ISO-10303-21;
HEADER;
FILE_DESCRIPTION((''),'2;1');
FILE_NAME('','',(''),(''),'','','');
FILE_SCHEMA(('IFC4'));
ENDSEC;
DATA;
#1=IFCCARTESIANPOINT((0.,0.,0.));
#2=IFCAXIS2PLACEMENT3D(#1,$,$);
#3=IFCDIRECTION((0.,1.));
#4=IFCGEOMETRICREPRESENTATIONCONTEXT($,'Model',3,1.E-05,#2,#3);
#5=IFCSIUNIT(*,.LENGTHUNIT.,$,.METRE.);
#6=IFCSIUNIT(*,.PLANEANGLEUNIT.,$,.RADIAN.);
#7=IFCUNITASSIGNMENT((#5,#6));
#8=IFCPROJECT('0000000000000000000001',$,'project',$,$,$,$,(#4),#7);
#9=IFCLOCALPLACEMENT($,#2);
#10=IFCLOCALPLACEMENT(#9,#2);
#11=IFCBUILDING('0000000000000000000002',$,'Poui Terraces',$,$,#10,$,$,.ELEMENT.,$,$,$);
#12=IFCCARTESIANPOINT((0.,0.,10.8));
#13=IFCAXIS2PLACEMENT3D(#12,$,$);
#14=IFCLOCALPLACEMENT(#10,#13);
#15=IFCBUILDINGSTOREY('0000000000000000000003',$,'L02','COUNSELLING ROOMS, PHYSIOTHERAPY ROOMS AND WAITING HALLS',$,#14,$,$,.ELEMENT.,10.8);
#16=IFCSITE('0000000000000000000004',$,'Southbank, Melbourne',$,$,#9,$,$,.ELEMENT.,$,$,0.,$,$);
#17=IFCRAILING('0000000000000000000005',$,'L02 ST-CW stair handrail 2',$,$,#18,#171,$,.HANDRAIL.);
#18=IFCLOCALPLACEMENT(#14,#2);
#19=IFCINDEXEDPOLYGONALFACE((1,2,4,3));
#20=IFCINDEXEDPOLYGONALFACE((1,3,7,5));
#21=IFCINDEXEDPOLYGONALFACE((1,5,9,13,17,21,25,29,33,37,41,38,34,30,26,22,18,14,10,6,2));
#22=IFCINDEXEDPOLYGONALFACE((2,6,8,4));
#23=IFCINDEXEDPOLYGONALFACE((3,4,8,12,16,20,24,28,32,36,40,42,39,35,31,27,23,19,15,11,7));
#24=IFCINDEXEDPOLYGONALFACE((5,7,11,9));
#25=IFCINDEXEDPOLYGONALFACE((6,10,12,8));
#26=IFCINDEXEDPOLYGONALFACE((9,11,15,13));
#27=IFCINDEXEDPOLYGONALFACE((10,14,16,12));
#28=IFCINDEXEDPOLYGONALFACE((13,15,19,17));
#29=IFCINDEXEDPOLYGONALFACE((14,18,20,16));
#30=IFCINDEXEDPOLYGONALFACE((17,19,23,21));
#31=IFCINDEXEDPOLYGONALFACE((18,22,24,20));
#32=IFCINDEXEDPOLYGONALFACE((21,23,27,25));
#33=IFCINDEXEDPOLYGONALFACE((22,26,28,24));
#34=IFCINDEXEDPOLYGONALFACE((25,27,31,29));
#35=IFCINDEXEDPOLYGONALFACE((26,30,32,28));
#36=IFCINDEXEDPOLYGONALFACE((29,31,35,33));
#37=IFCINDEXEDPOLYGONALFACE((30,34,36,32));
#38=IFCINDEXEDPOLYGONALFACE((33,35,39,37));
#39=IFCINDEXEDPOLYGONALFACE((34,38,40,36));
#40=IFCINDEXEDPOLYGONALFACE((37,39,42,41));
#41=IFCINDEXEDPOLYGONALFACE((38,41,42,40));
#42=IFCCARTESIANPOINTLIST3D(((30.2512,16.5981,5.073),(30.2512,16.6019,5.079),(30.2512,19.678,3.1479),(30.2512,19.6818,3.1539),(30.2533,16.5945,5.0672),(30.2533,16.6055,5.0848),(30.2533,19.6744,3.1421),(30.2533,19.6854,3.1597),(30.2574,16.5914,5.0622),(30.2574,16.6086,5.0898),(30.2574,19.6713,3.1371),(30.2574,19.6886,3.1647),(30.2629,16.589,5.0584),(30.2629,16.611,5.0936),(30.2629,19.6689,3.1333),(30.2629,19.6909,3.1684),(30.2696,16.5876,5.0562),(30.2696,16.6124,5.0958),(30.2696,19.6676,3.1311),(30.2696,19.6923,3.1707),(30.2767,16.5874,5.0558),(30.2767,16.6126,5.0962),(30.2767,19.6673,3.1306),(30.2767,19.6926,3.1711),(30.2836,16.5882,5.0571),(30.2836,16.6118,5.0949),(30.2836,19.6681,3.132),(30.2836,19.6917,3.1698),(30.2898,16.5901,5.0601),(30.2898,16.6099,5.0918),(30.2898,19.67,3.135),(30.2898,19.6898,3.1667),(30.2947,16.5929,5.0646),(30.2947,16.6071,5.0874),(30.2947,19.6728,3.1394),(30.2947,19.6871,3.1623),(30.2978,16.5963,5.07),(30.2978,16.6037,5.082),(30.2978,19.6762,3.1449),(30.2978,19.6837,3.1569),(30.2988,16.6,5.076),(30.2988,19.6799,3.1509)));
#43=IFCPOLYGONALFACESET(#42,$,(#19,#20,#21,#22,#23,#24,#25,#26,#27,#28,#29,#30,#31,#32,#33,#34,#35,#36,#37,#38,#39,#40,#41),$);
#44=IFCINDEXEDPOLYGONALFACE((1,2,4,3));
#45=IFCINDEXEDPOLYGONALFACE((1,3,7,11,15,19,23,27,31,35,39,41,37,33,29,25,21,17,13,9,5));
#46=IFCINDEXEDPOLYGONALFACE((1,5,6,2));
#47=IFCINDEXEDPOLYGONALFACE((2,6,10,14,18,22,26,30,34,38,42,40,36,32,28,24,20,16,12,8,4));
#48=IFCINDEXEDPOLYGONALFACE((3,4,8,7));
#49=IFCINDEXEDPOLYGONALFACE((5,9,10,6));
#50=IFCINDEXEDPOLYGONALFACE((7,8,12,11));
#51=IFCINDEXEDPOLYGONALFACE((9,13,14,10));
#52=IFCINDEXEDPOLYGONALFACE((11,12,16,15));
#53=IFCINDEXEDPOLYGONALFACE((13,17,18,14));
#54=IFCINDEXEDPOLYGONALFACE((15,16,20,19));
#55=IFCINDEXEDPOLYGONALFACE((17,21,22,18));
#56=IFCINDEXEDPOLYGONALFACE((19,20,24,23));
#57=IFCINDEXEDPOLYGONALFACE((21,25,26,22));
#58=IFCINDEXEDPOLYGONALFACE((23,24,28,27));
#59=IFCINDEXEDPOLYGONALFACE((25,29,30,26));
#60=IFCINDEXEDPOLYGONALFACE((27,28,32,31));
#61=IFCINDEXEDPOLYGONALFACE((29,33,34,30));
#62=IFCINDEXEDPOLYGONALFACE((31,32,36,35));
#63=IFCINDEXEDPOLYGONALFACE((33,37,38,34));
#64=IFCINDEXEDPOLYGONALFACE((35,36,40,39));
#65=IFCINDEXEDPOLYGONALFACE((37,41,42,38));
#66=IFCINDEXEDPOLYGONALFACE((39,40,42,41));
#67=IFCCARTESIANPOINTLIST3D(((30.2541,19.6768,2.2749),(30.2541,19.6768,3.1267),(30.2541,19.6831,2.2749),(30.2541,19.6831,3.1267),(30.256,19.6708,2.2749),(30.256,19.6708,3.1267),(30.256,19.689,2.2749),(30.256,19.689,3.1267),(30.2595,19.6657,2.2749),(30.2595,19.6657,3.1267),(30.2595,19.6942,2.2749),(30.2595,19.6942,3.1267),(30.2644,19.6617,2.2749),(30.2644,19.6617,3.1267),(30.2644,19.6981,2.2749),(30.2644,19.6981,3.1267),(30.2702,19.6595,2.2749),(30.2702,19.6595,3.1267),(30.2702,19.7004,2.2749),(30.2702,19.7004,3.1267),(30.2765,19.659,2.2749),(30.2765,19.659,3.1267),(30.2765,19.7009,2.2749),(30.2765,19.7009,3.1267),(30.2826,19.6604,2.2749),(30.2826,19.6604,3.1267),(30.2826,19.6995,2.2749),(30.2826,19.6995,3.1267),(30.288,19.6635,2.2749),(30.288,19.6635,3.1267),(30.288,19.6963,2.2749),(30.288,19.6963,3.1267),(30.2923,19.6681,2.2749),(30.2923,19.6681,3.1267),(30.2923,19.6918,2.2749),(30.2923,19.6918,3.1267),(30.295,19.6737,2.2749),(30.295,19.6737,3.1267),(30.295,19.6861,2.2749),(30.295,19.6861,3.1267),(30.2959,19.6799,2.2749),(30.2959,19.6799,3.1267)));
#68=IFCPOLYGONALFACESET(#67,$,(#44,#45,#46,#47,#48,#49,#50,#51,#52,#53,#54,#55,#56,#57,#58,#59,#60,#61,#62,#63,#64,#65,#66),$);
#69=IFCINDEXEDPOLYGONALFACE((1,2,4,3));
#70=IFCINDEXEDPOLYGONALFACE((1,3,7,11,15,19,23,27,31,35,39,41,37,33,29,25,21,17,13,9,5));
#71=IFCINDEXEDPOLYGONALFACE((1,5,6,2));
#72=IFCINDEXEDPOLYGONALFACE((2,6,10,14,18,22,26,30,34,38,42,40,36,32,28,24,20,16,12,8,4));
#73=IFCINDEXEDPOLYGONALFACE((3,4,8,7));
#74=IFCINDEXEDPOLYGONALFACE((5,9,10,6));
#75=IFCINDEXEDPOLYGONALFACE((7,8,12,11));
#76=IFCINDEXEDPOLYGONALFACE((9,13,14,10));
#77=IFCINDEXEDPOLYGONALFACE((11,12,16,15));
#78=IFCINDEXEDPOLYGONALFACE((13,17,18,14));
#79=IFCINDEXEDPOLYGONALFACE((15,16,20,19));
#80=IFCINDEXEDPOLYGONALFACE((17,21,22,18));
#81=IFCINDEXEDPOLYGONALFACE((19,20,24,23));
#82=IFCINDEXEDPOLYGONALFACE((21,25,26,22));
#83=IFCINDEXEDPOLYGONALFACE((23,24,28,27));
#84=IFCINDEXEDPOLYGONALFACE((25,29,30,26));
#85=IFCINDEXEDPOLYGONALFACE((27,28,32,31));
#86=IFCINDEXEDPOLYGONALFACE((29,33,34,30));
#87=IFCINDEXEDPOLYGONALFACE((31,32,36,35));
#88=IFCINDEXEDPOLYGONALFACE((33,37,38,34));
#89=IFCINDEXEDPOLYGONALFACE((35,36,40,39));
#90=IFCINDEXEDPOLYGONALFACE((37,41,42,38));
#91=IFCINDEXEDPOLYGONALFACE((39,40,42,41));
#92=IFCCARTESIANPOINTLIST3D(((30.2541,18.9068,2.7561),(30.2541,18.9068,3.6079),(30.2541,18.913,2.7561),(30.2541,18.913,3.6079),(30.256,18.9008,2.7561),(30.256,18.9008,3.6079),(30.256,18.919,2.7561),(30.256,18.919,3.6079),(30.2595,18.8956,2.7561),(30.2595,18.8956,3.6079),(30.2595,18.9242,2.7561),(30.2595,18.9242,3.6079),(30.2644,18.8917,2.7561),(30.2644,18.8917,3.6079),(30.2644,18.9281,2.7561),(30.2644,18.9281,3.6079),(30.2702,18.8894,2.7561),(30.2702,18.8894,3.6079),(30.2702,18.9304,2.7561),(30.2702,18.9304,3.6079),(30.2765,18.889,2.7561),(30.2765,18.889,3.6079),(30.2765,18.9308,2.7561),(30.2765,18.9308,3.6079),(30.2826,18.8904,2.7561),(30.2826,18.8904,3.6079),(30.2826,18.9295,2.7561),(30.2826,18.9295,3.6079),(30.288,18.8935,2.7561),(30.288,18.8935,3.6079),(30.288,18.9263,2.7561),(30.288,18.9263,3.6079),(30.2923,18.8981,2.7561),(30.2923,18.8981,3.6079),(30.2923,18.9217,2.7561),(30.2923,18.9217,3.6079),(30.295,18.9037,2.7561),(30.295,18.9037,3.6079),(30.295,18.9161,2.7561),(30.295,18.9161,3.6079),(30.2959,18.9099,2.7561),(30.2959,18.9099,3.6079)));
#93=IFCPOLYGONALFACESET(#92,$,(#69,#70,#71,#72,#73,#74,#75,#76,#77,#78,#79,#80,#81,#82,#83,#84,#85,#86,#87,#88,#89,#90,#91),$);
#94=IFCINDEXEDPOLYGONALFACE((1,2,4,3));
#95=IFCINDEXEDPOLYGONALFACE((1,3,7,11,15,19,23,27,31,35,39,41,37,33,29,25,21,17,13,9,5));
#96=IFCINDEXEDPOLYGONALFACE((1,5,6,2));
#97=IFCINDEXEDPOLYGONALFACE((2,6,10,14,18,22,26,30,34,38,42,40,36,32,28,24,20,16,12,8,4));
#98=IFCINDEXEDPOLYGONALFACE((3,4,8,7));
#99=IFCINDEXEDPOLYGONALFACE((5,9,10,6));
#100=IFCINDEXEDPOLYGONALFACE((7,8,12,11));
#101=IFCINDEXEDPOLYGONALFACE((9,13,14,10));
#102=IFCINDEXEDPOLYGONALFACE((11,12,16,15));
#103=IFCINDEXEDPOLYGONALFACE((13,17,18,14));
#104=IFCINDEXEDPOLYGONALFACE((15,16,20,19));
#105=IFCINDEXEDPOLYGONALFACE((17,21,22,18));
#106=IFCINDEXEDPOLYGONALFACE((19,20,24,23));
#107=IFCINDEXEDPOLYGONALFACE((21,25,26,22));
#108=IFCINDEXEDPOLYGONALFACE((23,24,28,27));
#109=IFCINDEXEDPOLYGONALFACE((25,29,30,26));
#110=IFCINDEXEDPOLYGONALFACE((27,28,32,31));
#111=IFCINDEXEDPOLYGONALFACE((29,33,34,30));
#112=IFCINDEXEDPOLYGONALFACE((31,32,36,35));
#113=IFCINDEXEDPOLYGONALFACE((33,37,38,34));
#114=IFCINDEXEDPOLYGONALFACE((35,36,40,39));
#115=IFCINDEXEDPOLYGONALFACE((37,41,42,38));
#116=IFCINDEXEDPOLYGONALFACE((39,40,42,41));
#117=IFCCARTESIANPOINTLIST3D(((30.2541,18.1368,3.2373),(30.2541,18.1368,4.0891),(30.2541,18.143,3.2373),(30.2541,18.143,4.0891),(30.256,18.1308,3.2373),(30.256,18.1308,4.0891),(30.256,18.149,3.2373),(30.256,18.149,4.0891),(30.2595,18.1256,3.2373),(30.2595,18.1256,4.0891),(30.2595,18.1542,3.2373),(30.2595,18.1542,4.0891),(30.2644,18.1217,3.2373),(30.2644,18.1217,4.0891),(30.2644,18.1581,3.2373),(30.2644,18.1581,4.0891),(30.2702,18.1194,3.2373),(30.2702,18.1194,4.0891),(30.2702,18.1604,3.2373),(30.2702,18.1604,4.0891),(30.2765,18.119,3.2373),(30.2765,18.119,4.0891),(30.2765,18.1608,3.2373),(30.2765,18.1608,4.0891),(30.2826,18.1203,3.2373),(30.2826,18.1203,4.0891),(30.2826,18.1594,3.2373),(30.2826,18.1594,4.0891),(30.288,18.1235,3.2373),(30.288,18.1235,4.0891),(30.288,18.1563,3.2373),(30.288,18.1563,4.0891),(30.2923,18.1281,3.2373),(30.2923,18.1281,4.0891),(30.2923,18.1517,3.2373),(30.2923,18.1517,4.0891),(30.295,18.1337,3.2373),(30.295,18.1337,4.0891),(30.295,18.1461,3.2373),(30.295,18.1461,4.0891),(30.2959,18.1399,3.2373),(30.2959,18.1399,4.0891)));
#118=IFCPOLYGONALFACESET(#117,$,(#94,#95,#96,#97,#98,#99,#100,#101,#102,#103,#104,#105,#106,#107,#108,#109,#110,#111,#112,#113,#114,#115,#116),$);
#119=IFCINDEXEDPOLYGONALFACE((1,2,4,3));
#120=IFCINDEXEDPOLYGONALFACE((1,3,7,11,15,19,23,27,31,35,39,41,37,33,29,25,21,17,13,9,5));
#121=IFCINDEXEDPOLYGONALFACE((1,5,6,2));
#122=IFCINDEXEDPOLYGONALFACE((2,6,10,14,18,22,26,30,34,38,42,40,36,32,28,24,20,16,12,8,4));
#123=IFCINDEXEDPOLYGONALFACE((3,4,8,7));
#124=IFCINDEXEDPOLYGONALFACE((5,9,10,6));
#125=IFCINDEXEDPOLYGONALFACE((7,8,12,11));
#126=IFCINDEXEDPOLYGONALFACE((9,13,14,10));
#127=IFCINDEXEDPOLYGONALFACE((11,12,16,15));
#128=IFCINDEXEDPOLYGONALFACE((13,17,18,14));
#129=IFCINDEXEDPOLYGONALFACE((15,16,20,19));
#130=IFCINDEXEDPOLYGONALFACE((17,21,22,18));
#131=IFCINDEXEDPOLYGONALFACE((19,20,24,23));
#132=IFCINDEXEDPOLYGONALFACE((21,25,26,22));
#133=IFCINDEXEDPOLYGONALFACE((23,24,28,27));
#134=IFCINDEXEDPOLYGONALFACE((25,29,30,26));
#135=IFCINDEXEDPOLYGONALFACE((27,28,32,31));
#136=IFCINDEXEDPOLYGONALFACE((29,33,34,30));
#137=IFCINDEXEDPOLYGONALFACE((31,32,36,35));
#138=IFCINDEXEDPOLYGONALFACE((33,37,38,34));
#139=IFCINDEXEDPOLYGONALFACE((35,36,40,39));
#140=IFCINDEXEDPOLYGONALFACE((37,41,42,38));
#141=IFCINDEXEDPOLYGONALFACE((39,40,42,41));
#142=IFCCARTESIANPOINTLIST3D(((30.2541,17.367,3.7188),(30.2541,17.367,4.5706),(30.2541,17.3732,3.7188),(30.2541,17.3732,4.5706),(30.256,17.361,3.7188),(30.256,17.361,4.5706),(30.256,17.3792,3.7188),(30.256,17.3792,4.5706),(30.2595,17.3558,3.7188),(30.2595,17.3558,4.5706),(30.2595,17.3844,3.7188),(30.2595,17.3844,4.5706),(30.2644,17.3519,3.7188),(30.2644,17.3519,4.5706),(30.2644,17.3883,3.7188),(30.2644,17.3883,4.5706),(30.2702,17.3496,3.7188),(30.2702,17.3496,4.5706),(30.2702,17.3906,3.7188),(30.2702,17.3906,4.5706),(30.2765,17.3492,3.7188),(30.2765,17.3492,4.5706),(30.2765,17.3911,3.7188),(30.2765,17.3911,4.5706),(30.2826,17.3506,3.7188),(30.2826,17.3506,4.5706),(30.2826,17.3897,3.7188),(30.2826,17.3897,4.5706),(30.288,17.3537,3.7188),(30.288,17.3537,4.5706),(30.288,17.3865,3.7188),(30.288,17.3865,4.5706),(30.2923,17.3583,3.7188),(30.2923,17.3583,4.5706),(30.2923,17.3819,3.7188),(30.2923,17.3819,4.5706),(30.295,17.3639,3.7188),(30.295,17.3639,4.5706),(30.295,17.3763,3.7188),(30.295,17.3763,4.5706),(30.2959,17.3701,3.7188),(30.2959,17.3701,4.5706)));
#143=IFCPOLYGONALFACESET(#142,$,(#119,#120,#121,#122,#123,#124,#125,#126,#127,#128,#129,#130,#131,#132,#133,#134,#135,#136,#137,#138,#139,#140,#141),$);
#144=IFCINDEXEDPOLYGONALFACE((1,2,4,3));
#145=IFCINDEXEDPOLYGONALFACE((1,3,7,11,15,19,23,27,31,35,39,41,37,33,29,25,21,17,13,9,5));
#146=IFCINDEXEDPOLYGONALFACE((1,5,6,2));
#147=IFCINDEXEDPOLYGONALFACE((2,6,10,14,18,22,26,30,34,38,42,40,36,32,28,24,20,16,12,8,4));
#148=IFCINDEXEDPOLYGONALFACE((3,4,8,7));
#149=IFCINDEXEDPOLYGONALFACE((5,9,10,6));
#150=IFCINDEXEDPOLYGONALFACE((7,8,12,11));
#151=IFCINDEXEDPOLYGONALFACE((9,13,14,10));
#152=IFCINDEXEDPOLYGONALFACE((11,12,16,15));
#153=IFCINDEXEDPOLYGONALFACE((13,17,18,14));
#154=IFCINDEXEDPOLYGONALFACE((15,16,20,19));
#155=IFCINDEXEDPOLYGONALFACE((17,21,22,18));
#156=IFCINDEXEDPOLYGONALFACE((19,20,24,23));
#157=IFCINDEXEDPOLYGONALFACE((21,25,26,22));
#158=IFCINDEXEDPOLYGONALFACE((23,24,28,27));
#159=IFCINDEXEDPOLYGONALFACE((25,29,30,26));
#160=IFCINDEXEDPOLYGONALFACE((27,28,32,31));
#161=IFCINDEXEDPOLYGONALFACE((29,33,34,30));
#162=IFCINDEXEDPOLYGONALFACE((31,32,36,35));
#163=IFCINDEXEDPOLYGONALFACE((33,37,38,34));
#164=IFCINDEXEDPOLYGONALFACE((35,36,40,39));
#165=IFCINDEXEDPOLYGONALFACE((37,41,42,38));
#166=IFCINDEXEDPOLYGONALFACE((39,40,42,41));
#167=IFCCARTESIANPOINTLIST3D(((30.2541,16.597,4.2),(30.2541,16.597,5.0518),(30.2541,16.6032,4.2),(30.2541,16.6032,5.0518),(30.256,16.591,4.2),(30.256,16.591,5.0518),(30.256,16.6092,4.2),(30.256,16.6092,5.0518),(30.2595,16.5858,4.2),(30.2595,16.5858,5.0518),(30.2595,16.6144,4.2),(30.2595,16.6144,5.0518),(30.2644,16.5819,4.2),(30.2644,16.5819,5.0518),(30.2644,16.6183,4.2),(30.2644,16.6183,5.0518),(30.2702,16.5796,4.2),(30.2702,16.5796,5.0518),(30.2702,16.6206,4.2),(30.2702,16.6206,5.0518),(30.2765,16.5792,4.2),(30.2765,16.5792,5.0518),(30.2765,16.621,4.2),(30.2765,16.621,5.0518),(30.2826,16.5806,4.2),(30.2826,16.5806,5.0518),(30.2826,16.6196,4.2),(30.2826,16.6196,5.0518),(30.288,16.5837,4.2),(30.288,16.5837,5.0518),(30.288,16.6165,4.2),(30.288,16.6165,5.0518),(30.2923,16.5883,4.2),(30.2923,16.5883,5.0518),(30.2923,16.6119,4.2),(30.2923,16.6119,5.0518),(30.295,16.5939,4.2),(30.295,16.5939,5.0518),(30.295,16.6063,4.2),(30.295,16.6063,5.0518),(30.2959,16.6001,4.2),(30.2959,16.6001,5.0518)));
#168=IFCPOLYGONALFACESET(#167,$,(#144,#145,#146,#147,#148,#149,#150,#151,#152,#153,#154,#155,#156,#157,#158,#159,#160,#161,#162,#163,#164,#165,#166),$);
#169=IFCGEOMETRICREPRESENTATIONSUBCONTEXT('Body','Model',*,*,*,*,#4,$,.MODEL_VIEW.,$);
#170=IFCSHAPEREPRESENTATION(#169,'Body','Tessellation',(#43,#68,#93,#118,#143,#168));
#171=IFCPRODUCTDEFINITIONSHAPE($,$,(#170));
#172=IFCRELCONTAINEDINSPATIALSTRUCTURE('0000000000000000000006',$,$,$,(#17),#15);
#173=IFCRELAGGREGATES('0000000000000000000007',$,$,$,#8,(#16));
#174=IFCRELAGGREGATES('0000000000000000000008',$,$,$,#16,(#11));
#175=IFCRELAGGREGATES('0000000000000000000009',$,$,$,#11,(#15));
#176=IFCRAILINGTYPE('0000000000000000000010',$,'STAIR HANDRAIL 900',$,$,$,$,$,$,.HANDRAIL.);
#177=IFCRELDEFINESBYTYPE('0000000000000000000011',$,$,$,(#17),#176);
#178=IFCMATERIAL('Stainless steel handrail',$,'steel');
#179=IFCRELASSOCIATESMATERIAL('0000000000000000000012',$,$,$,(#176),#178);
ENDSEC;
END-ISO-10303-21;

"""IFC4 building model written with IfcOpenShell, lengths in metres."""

from ifc_helpers import new_model, si_unit, direction, frame, origin, origin_2d, place, context, subcontext, project, spatial, circle, extrude, material, type_object, element, save


model = new_model("IFC4")

# Units and contexts
model_context = context("Model", 3, precision=1e-05, world=origin(), true_north=direction((0.0, 1.0)))
body_context = subcontext(model_context, "Body", "Model", "MODEL_VIEW")
ifc_project = project(units=[si_unit("LENGTHUNIT", "METRE"), si_unit("PLANEANGLEUNIT", "RADIAN")], contexts=[model_context])

# Site, building, storey
site_placement = place(None, origin())
site = spatial("IfcSite", under=ifc_project, at=site_placement, Name="Southbank, Melbourne", CompositionType="ELEMENT", RefElevation=0.0)
building_placement = place(site_placement, origin())
building = spatial("IfcBuilding", under=site, at=building_placement, Name="Poui Terraces", CompositionType="ELEMENT")
storey_placement = place(building_placement, frame((0.0, 0.0, 10.8)))
storey = spatial("IfcBuildingStorey", under=building, at=storey_placement, Name="L02", Description="COUNSELLING ROOMS, PHYSIOTHERAPY ROOMS AND WAITING HALLS", CompositionType="ELEMENT", Elevation=10.8)

# Railing
ifc_material_1 = material(Name="Stainless steel handrail", Category="steel")
railing_type_1 = type_object("IfcRailingType", Name="STAIR HANDRAIL 900", PredefinedType="HANDRAIL", material=ifc_material_1)
railing_1_placement = place(storey_placement, frame((30.2749, 19.6799, 2.2749)))
element("IfcRailing", 1, at=railing_1_placement, inside=storey, type_object=railing_type_1, Name="L02 ST-CW stair handrail 2", PredefinedType="HANDRAIL", context=body_context, shape_type="SweptSolid", body=[
    extrude(circle(Radius=0.0239, at=origin_2d()), frame((0.0, 0.0, 0.876), z_axis=(0.0, -0.847979, 0.530029), x_axis=(1.0, 0.0, 0.0)), (0.0, 0.0, 1.0), 3.6321),
    extrude(circle(Radius=0.021, at=origin_2d()), origin(), (0.0, 0.0, 1.0), 0.8518),
    extrude(circle(Radius=0.021, at=origin_2d()), frame((0.0, -0.77, 0.4812)), (0.0, 0.0, 1.0), 0.8518),
    extrude(circle(Radius=0.021, at=origin_2d()), frame((0.0, -1.54, 0.9624)), (0.0, 0.0, 1.0), 0.8518),
    extrude(circle(Radius=0.021, at=origin_2d()), frame((0.0, -2.3098, 1.4438)), (0.0, 0.0, 1.0), 0.8518),
    extrude(circle(Radius=0.021, at=origin_2d()), frame((0.0, -3.0798, 1.925)), (0.0, 0.0, 1.0), 0.8518),
])

save(model, "model.ifc")
